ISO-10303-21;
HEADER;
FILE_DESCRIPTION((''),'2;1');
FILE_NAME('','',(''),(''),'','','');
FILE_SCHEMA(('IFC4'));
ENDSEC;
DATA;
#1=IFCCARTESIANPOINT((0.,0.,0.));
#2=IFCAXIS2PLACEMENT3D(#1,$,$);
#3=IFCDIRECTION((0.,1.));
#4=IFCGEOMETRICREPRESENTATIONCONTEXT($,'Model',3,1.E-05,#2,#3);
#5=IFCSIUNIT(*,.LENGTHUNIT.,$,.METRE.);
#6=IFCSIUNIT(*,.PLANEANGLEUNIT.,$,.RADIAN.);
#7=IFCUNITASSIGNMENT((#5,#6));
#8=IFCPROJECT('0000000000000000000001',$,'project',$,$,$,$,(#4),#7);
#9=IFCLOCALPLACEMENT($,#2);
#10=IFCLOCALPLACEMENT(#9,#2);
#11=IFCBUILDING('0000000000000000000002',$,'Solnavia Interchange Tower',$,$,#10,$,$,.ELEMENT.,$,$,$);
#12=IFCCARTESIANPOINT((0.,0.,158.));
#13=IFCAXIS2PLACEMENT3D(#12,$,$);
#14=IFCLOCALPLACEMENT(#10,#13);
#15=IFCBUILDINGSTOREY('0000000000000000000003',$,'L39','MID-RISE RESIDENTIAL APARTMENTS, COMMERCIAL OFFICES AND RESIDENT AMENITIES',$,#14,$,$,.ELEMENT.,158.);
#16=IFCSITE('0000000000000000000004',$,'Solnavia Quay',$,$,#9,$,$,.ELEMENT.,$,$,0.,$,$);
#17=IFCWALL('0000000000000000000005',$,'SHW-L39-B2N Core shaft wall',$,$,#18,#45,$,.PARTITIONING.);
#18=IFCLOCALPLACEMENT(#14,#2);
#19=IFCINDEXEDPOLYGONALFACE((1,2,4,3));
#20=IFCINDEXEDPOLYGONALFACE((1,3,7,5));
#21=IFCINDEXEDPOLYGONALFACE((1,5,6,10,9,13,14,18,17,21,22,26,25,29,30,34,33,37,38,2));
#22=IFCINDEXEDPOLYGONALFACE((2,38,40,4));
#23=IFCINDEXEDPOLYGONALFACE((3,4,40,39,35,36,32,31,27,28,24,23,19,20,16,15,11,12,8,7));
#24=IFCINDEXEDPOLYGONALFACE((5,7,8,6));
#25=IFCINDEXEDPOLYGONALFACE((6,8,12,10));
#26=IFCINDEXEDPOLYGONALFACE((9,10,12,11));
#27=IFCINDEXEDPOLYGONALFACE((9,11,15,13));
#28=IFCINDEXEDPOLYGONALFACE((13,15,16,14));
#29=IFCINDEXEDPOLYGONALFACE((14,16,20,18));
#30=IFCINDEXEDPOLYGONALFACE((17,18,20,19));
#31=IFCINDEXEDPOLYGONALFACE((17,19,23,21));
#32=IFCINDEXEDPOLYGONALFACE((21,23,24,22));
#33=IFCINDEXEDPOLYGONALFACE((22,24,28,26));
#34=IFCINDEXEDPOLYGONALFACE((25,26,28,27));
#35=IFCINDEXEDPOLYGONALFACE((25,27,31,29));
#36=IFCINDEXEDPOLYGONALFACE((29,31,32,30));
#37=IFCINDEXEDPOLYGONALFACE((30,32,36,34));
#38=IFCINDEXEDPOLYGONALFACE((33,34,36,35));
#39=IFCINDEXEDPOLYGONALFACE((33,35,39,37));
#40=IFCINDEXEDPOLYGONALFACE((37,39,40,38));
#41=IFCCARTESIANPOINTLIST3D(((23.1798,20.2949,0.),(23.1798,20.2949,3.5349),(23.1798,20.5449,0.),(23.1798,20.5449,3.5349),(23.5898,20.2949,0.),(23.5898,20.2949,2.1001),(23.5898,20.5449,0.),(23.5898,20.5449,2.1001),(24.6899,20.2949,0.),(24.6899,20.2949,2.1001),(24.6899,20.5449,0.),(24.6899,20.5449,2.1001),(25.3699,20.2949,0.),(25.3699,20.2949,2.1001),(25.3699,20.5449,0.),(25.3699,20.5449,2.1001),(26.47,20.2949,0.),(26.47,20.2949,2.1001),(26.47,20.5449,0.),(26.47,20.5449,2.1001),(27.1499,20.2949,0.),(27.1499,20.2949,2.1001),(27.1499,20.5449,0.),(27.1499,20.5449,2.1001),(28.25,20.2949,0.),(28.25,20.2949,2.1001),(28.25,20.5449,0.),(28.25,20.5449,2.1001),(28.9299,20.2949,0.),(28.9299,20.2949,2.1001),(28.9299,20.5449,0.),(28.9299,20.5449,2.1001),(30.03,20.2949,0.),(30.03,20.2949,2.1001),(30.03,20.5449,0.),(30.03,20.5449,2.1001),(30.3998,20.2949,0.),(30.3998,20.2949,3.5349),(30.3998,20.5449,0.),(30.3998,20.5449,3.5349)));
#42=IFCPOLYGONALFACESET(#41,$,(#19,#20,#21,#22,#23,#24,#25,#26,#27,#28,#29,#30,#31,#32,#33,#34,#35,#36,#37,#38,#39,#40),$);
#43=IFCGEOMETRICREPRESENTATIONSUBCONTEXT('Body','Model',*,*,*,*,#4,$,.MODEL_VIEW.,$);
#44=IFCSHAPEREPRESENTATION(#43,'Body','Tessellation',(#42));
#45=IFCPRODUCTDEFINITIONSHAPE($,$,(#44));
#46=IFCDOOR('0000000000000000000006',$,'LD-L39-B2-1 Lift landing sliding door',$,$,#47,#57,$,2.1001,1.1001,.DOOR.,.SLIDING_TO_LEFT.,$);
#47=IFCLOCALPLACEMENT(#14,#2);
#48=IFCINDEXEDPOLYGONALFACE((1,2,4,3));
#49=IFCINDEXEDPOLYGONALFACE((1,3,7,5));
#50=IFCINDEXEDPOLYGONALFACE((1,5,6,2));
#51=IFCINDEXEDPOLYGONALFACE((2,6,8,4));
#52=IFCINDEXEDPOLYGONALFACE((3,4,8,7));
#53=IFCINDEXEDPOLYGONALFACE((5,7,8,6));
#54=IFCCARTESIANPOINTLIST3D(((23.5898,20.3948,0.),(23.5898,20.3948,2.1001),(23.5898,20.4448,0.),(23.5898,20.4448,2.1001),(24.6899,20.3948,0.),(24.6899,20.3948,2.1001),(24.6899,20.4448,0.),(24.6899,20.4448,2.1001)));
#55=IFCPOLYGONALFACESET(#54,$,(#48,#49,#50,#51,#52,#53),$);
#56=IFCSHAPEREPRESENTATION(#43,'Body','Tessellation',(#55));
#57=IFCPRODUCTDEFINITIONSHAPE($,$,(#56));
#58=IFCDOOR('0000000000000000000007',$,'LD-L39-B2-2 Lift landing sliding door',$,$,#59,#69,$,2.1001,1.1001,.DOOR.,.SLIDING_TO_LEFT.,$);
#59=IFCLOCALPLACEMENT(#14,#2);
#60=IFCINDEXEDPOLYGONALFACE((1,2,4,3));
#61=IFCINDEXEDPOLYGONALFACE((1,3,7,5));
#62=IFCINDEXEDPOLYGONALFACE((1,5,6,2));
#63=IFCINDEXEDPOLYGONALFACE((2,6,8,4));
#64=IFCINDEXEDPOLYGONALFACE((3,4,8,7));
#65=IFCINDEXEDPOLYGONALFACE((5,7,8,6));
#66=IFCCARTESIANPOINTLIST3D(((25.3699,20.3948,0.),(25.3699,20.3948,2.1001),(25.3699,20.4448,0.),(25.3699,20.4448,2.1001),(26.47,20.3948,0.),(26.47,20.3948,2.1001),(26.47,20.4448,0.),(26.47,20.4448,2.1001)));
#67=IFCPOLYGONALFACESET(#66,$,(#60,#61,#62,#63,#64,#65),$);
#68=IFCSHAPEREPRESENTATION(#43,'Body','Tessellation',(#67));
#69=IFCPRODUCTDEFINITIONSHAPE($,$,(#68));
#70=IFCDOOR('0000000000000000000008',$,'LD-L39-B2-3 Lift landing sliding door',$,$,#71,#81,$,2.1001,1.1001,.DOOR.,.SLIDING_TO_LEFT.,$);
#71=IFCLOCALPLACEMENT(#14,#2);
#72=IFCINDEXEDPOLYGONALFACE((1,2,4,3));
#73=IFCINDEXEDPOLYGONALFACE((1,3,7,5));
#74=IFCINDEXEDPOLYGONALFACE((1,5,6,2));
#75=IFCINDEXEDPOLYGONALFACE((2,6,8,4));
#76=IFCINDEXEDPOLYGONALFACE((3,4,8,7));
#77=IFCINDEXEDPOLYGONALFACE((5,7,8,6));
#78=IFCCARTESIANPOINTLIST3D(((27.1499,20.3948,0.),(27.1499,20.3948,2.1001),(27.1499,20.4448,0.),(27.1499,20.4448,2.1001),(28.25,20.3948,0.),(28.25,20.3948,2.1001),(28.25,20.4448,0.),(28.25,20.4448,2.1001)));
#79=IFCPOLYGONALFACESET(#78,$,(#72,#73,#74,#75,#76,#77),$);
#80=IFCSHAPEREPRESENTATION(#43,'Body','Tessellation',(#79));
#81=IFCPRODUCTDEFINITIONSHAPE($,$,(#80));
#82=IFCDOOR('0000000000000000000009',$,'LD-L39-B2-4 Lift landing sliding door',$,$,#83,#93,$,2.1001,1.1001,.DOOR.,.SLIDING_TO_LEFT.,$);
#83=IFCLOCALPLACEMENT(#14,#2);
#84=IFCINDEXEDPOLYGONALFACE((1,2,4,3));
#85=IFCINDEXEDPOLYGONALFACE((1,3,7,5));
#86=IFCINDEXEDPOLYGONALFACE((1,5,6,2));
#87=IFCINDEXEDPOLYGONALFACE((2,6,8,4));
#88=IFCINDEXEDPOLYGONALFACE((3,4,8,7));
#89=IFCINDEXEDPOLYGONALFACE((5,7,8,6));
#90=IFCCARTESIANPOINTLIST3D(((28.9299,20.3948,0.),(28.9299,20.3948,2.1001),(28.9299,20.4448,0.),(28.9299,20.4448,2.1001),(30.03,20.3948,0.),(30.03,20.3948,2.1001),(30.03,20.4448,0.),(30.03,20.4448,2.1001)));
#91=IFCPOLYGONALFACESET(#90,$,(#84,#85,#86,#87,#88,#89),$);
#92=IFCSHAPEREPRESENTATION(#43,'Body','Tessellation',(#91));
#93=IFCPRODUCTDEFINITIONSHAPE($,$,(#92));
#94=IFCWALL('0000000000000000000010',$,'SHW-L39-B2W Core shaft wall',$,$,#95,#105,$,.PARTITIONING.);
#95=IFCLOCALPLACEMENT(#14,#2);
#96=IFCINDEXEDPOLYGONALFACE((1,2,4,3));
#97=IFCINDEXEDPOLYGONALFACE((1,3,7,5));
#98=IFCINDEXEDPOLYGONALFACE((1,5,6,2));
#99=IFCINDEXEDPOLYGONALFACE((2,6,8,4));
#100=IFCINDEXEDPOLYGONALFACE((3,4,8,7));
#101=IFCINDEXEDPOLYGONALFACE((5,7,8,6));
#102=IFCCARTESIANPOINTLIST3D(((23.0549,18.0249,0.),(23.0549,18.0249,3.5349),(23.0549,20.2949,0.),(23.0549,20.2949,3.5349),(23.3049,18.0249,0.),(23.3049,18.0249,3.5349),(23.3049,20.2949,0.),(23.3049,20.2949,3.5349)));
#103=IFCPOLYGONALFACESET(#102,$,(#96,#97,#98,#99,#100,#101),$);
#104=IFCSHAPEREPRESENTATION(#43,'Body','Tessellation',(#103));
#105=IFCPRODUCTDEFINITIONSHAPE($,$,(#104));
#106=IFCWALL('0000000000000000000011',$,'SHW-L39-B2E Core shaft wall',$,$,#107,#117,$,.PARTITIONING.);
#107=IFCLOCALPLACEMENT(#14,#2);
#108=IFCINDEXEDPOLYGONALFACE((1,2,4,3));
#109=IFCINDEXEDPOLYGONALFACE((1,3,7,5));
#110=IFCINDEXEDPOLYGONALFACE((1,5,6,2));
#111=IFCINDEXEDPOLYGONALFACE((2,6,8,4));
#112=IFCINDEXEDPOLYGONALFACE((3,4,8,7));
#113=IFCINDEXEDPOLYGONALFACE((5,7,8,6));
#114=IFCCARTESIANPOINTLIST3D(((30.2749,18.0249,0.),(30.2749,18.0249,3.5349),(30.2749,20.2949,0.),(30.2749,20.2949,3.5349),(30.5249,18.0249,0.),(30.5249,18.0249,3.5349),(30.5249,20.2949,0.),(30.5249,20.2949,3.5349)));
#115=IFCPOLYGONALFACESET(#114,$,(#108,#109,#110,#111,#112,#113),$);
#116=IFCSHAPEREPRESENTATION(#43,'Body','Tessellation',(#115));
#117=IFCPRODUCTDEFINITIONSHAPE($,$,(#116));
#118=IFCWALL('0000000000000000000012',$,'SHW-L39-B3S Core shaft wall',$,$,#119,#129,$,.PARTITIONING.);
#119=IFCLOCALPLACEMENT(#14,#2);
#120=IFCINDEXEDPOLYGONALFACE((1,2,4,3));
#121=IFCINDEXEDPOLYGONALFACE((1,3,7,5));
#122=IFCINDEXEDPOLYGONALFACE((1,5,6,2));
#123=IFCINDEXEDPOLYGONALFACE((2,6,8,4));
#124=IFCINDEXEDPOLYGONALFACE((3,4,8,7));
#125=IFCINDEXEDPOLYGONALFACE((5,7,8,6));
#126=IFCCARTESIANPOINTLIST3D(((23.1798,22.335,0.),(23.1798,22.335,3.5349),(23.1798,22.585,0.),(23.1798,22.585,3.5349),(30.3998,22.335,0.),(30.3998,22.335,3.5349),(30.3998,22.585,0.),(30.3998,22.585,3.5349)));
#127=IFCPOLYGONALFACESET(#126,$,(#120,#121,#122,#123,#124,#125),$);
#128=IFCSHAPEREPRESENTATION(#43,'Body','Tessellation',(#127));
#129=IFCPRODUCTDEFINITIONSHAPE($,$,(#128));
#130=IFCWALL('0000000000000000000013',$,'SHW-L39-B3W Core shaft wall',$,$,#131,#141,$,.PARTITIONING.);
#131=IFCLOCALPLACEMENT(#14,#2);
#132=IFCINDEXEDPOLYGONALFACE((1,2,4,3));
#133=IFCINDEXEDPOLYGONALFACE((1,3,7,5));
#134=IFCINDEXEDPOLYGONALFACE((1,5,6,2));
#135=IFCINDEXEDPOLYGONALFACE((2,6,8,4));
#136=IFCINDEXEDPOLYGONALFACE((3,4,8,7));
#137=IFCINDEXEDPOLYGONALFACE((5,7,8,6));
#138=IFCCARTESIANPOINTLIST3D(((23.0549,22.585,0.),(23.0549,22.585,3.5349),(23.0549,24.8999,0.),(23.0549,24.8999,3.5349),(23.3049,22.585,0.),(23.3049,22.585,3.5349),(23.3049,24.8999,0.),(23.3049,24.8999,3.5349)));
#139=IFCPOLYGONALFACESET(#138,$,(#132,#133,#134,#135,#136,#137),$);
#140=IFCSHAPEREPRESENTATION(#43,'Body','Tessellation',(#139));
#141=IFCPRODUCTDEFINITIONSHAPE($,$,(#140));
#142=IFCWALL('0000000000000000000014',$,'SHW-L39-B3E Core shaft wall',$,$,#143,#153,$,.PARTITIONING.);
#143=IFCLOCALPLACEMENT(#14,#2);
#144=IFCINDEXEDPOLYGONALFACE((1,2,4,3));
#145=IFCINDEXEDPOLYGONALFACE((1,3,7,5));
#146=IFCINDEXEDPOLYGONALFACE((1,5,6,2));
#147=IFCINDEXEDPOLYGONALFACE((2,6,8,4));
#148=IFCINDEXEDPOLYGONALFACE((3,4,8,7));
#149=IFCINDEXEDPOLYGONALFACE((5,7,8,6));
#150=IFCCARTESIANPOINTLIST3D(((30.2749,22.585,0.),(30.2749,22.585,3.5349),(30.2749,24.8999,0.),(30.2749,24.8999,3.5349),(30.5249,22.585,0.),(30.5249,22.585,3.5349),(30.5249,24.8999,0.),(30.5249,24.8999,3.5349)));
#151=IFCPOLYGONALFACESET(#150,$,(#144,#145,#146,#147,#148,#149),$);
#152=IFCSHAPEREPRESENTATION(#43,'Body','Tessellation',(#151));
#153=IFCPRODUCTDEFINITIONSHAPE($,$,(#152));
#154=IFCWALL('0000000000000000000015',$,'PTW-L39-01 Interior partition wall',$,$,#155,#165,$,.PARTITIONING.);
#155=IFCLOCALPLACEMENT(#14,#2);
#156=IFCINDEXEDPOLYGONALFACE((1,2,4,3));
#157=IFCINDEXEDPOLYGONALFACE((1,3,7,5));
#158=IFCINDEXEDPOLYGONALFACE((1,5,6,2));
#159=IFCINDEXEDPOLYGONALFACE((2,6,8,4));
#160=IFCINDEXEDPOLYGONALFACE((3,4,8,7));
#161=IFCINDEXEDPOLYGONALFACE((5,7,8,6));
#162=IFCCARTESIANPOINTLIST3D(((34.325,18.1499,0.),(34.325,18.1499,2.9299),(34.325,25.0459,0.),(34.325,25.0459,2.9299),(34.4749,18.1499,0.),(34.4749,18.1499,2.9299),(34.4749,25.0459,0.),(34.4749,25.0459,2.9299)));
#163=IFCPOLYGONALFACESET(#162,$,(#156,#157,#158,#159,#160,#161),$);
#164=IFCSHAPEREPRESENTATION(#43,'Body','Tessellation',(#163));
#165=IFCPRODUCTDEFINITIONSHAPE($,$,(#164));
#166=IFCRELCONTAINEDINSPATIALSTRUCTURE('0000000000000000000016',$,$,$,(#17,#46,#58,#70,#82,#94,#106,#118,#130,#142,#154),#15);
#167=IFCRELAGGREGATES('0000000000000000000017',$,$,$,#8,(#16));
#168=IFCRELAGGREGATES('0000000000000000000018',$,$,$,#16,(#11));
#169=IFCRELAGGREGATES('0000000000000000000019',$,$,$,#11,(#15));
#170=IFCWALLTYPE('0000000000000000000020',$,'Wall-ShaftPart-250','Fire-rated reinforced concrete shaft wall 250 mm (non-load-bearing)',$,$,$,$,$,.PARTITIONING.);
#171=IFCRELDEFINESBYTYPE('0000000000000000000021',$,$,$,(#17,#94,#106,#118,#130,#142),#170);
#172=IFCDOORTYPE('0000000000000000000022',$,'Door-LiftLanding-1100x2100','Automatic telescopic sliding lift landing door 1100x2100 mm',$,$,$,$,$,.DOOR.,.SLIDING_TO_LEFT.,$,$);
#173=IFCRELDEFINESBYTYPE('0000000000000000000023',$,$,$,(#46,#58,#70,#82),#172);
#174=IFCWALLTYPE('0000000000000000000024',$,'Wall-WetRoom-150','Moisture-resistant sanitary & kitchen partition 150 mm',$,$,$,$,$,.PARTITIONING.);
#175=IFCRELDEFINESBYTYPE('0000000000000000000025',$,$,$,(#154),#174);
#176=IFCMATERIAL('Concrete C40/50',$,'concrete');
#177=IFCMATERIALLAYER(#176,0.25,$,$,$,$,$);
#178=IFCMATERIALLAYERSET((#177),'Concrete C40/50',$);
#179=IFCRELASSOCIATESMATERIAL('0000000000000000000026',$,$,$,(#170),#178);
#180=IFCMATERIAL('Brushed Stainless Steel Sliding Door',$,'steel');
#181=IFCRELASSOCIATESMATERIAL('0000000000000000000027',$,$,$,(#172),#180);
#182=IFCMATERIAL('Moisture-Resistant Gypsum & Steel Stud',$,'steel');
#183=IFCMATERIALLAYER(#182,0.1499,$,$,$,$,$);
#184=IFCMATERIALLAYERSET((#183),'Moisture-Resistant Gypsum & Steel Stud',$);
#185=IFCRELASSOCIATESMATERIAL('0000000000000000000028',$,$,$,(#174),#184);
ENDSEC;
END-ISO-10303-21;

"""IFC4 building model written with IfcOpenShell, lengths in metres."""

from ifc_helpers import new_model, si_unit, direction, frame, frame_2d, origin, place, context, subcontext, project, spatial, rectangle, extrude, material, layer, layer_set, type_object, element, fill, save


model = new_model("IFC4")

# Units and contexts
model_context = context("Model", 3, precision=1e-05, world=origin(), true_north=direction((0.0, 1.0)))
body_context = subcontext(model_context, "Body", "Model", "MODEL_VIEW")
ifc_project = project(units=[si_unit("LENGTHUNIT", "METRE"), si_unit("PLANEANGLEUNIT", "RADIAN")], contexts=[model_context])

# Site, building, storey
site_placement = place(None, origin())
site = spatial("IfcSite", under=ifc_project, at=site_placement, Name="Solnavia Quay", CompositionType="ELEMENT", RefElevation=0.0)
building_placement = place(site_placement, origin())
building = spatial("IfcBuilding", under=site, at=building_placement, Name="Solnavia Interchange Tower", CompositionType="ELEMENT")
storey_placement = place(building_placement, frame((0.0, 0.0, 158.0)))
storey = spatial("IfcBuildingStorey", under=building, at=storey_placement, Name="L39", Description="MID-RISE RESIDENTIAL APARTMENTS, COMMERCIAL OFFICES AND RESIDENT AMENITIES", CompositionType="ELEMENT", Elevation=158.0)

# Shared definitions
ifc_material_1 = material(Name="Concrete C40/50", Category="concrete")

# Shared definitions
ifc_layer_1 = layer(ifc_material_1, 0.25)
ifc_layer_set_1 = layer_set([ifc_layer_1], Name="Concrete C40/50")
wall_type_1 = type_object("IfcWallType", Name="Wall-ShaftPart-250", Description="Fire-rated reinforced concrete shaft wall 250 mm (non-load-bearing)", PredefinedType="PARTITIONING", material=ifc_layer_set_1)

# Wall, openings, doors
wall_1_placement = place(storey_placement, frame((23.1799, 20.4199, 0.0), z_axis=(0.0, 0.0, 1.0), x_axis=(1.0, 0.0, 0.0)))
wall_1 = element("IfcWall", 1, at=wall_1_placement, inside=storey, type_object=wall_type_1, Name="SHW-L39-B2N Core shaft wall", PredefinedType="PARTITIONING", context=body_context, shape_type="SweptSolid", body=[
    extrude(rectangle(XDim=7.22, YDim=0.25, at=frame_2d((3.6099, 0.0))), origin(), (0.0, 0.0, 1.0), 3.5349),
])
opening_1_placement = place(wall_1_placement, frame((0.4099, 0.0, 0.0)))
opening_1 = element("IfcOpeningElement", 2, at=opening_1_placement, cuts=wall_1, PredefinedType="OPENING", context=body_context, shape_type="SweptSolid", body=[
    extrude(rectangle(XDim=1.1001, YDim=2.1001, at=frame_2d((0.55, 1.05))), frame((0.0, 0.135, 0.0), z_axis=(0.0, -1.0, 0.0), x_axis=(1.0, 0.0, 0.0)), (0.0, 0.0, 1.0), 0.27),
])
opening_2_placement = place(wall_1_placement, frame((2.1899, 0.0, 0.0)))
opening_2 = element("IfcOpeningElement", 3, at=opening_2_placement, cuts=wall_1, PredefinedType="OPENING", context=body_context, shape_type="SweptSolid", body=[
    extrude(rectangle(XDim=1.1001, YDim=2.1001, at=frame_2d((0.55, 1.05))), frame((0.0, 0.135, 0.0), z_axis=(0.0, -1.0, 0.0), x_axis=(1.0, 0.0, 0.0)), (0.0, 0.0, 1.0), 0.27),
])
opening_3_placement = place(wall_1_placement, frame((3.97, 0.0, 0.0)))
opening_3 = element("IfcOpeningElement", 4, at=opening_3_placement, cuts=wall_1, PredefinedType="OPENING", context=body_context, shape_type="SweptSolid", body=[
    extrude(rectangle(XDim=1.1001, YDim=2.1001, at=frame_2d((0.55, 1.05))), frame((0.0, 0.135, 0.0), z_axis=(0.0, -1.0, 0.0), x_axis=(1.0, 0.0, 0.0)), (0.0, 0.0, 1.0), 0.27),
])
opening_4_placement = place(wall_1_placement, frame((5.75, 0.0, 0.0)))
opening_4 = element("IfcOpeningElement", 5, at=opening_4_placement, cuts=wall_1, PredefinedType="OPENING", context=body_context, shape_type="SweptSolid", body=[
    extrude(rectangle(XDim=1.1001, YDim=2.1001, at=frame_2d((0.55, 1.05))), frame((0.0, 0.135, 0.0), z_axis=(0.0, -1.0, 0.0), x_axis=(1.0, 0.0, 0.0)), (0.0, 0.0, 1.0), 0.27),
])
ifc_material_2 = material(Name="Brushed Stainless Steel Sliding Door", Category="steel")
door_type_1 = type_object("IfcDoorType", Name="Door-LiftLanding-1100x2100", Description="Automatic telescopic sliding lift landing door 1100x2100 mm", OperationType="SLIDING_TO_LEFT", PredefinedType="DOOR", material=ifc_material_2)
door_1_placement = place(opening_1_placement, origin())
door_1 = element("IfcDoor", 6, at=door_1_placement, inside=storey, type_object=door_type_1, Name="LD-L39-B2-1 Lift landing sliding door", OperationType="SLIDING_TO_LEFT", OverallHeight=2.1001, OverallWidth=1.1001, PredefinedType="DOOR", context=body_context, shape_type="SweptSolid", body=[
    extrude(rectangle(XDim=1.1001, YDim=2.1001, at=frame_2d((0.55, 1.05))), frame((0.0, 0.0249, 0.0), z_axis=(0.0, -1.0, 0.0), x_axis=(1.0, 0.0, 0.0)), (0.0, 0.0, 1.0), 0.05),
])
fill(opening_1, door_1)
door_2_placement = place(opening_2_placement, origin())
door_2 = element("IfcDoor", 7, at=door_2_placement, inside=storey, type_object=door_type_1, Name="LD-L39-B2-2 Lift landing sliding door", OperationType="SLIDING_TO_LEFT", OverallHeight=2.1001, OverallWidth=1.1001, PredefinedType="DOOR", context=body_context, shape_type="SweptSolid", body=[
    extrude(rectangle(XDim=1.1001, YDim=2.1001, at=frame_2d((0.55, 1.05))), frame((0.0, 0.0249, 0.0), z_axis=(0.0, -1.0, 0.0), x_axis=(1.0, 0.0, 0.0)), (0.0, 0.0, 1.0), 0.05),
])
fill(opening_2, door_2)
door_3_placement = place(opening_3_placement, origin())
door_3 = element("IfcDoor", 8, at=door_3_placement, inside=storey, type_object=door_type_1, Name="LD-L39-B2-3 Lift landing sliding door", OperationType="SLIDING_TO_LEFT", OverallHeight=2.1001, OverallWidth=1.1001, PredefinedType="DOOR", context=body_context, shape_type="SweptSolid", body=[
    extrude(rectangle(XDim=1.1001, YDim=2.1001, at=frame_2d((0.55, 1.05))), frame((0.0, 0.0249, 0.0), z_axis=(0.0, -1.0, 0.0), x_axis=(1.0, 0.0, 0.0)), (0.0, 0.0, 1.0), 0.05),
])
fill(opening_3, door_3)
door_4_placement = place(opening_4_placement, origin())
door_4 = element("IfcDoor", 9, at=door_4_placement, inside=storey, type_object=door_type_1, Name="LD-L39-B2-4 Lift landing sliding door", OperationType="SLIDING_TO_LEFT", OverallHeight=2.1001, OverallWidth=1.1001, PredefinedType="DOOR", context=body_context, shape_type="SweptSolid", body=[
    extrude(rectangle(XDim=1.1001, YDim=2.1001, at=frame_2d((0.55, 1.05))), frame((0.0, 0.0249, 0.0), z_axis=(0.0, -1.0, 0.0), x_axis=(1.0, 0.0, 0.0)), (0.0, 0.0, 1.0), 0.05),
])
fill(opening_4, door_4)

# Walls
for number, where, z_axis, x_axis, name in (
    (10, (23.1799, 18.0249, 0.0), (0.0, 0.0, 1.0), (0.0, 1.0, 0.0), "SHW-L39-B2W Core shaft wall"),
    (11, (30.3999, 18.0249, 0.0), (0.0, 0.0, 1.0), (0.0, 1.0, 0.0), "SHW-L39-B2E Core shaft wall"),
):
    element("IfcWall", number, at=place(storey_placement, frame(where, z_axis=z_axis, x_axis=x_axis)), inside=storey, type_object=wall_type_1, Name=name, PredefinedType="PARTITIONING", context=body_context, shape_type="SweptSolid", body=[
        extrude(rectangle(XDim=2.27, YDim=0.25, at=frame_2d((1.135, 0.0))), origin(), (0.0, 0.0, 1.0), 3.5349),
    ])
wall_2_placement = place(storey_placement, frame((23.1799, 22.46, 0.0), z_axis=(0.0, 0.0, 1.0), x_axis=(1.0, 0.0, 0.0)))
element("IfcWall", 12, at=wall_2_placement, inside=storey, type_object=wall_type_1, Name="SHW-L39-B3S Core shaft wall", PredefinedType="PARTITIONING", context=body_context, shape_type="SweptSolid", body=[
    extrude(rectangle(XDim=7.22, YDim=0.25, at=frame_2d((3.6099, 0.0))), origin(), (0.0, 0.0, 1.0), 3.5349),
])
for number, where, z_axis, x_axis, name in (
    (13, (23.1799, 22.585, 0.0), (0.0, 0.0, 1.0), (0.0, 1.0, 0.0), "SHW-L39-B3W Core shaft wall"),
    (14, (30.3999, 22.585, 0.0), (0.0, 0.0, 1.0), (0.0, 1.0, 0.0), "SHW-L39-B3E Core shaft wall"),
):
    element("IfcWall", number, at=place(storey_placement, frame(where, z_axis=z_axis, x_axis=x_axis)), inside=storey, type_object=wall_type_1, Name=name, PredefinedType="PARTITIONING", context=body_context, shape_type="SweptSolid", body=[
        extrude(rectangle(XDim=2.3149, YDim=0.25, at=frame_2d((1.1575, 0.0))), origin(), (0.0, 0.0, 1.0), 3.5349),
    ])
ifc_material_3 = material(Name="Moisture-Resistant Gypsum & Steel Stud", Category="steel")
ifc_layer_2 = layer(ifc_material_3, 0.1499)
ifc_layer_set_2 = layer_set([ifc_layer_2], Name="Moisture-Resistant Gypsum & Steel Stud")
wall_type_2 = type_object("IfcWallType", Name="Wall-WetRoom-150", Description="Moisture-resistant sanitary & kitchen partition 150 mm", PredefinedType="PARTITIONING", material=ifc_layer_set_2)
wall_3_placement = place(storey_placement, frame((34.3999, 18.1499, 0.0), z_axis=(0.0, 0.0, 1.0), x_axis=(0.0, 1.0, 0.0)))
element("IfcWall", 15, at=wall_3_placement, inside=storey, type_object=wall_type_2, Name="PTW-L39-01 Interior partition wall", PredefinedType="PARTITIONING", context=body_context, shape_type="SweptSolid", body=[
    extrude(rectangle(XDim=6.896, YDim=0.1499, at=frame_2d((3.448, 0.0))), origin(), (0.0, 0.0, 1.0), 2.9299),
])

save(model, "model.ifc")
